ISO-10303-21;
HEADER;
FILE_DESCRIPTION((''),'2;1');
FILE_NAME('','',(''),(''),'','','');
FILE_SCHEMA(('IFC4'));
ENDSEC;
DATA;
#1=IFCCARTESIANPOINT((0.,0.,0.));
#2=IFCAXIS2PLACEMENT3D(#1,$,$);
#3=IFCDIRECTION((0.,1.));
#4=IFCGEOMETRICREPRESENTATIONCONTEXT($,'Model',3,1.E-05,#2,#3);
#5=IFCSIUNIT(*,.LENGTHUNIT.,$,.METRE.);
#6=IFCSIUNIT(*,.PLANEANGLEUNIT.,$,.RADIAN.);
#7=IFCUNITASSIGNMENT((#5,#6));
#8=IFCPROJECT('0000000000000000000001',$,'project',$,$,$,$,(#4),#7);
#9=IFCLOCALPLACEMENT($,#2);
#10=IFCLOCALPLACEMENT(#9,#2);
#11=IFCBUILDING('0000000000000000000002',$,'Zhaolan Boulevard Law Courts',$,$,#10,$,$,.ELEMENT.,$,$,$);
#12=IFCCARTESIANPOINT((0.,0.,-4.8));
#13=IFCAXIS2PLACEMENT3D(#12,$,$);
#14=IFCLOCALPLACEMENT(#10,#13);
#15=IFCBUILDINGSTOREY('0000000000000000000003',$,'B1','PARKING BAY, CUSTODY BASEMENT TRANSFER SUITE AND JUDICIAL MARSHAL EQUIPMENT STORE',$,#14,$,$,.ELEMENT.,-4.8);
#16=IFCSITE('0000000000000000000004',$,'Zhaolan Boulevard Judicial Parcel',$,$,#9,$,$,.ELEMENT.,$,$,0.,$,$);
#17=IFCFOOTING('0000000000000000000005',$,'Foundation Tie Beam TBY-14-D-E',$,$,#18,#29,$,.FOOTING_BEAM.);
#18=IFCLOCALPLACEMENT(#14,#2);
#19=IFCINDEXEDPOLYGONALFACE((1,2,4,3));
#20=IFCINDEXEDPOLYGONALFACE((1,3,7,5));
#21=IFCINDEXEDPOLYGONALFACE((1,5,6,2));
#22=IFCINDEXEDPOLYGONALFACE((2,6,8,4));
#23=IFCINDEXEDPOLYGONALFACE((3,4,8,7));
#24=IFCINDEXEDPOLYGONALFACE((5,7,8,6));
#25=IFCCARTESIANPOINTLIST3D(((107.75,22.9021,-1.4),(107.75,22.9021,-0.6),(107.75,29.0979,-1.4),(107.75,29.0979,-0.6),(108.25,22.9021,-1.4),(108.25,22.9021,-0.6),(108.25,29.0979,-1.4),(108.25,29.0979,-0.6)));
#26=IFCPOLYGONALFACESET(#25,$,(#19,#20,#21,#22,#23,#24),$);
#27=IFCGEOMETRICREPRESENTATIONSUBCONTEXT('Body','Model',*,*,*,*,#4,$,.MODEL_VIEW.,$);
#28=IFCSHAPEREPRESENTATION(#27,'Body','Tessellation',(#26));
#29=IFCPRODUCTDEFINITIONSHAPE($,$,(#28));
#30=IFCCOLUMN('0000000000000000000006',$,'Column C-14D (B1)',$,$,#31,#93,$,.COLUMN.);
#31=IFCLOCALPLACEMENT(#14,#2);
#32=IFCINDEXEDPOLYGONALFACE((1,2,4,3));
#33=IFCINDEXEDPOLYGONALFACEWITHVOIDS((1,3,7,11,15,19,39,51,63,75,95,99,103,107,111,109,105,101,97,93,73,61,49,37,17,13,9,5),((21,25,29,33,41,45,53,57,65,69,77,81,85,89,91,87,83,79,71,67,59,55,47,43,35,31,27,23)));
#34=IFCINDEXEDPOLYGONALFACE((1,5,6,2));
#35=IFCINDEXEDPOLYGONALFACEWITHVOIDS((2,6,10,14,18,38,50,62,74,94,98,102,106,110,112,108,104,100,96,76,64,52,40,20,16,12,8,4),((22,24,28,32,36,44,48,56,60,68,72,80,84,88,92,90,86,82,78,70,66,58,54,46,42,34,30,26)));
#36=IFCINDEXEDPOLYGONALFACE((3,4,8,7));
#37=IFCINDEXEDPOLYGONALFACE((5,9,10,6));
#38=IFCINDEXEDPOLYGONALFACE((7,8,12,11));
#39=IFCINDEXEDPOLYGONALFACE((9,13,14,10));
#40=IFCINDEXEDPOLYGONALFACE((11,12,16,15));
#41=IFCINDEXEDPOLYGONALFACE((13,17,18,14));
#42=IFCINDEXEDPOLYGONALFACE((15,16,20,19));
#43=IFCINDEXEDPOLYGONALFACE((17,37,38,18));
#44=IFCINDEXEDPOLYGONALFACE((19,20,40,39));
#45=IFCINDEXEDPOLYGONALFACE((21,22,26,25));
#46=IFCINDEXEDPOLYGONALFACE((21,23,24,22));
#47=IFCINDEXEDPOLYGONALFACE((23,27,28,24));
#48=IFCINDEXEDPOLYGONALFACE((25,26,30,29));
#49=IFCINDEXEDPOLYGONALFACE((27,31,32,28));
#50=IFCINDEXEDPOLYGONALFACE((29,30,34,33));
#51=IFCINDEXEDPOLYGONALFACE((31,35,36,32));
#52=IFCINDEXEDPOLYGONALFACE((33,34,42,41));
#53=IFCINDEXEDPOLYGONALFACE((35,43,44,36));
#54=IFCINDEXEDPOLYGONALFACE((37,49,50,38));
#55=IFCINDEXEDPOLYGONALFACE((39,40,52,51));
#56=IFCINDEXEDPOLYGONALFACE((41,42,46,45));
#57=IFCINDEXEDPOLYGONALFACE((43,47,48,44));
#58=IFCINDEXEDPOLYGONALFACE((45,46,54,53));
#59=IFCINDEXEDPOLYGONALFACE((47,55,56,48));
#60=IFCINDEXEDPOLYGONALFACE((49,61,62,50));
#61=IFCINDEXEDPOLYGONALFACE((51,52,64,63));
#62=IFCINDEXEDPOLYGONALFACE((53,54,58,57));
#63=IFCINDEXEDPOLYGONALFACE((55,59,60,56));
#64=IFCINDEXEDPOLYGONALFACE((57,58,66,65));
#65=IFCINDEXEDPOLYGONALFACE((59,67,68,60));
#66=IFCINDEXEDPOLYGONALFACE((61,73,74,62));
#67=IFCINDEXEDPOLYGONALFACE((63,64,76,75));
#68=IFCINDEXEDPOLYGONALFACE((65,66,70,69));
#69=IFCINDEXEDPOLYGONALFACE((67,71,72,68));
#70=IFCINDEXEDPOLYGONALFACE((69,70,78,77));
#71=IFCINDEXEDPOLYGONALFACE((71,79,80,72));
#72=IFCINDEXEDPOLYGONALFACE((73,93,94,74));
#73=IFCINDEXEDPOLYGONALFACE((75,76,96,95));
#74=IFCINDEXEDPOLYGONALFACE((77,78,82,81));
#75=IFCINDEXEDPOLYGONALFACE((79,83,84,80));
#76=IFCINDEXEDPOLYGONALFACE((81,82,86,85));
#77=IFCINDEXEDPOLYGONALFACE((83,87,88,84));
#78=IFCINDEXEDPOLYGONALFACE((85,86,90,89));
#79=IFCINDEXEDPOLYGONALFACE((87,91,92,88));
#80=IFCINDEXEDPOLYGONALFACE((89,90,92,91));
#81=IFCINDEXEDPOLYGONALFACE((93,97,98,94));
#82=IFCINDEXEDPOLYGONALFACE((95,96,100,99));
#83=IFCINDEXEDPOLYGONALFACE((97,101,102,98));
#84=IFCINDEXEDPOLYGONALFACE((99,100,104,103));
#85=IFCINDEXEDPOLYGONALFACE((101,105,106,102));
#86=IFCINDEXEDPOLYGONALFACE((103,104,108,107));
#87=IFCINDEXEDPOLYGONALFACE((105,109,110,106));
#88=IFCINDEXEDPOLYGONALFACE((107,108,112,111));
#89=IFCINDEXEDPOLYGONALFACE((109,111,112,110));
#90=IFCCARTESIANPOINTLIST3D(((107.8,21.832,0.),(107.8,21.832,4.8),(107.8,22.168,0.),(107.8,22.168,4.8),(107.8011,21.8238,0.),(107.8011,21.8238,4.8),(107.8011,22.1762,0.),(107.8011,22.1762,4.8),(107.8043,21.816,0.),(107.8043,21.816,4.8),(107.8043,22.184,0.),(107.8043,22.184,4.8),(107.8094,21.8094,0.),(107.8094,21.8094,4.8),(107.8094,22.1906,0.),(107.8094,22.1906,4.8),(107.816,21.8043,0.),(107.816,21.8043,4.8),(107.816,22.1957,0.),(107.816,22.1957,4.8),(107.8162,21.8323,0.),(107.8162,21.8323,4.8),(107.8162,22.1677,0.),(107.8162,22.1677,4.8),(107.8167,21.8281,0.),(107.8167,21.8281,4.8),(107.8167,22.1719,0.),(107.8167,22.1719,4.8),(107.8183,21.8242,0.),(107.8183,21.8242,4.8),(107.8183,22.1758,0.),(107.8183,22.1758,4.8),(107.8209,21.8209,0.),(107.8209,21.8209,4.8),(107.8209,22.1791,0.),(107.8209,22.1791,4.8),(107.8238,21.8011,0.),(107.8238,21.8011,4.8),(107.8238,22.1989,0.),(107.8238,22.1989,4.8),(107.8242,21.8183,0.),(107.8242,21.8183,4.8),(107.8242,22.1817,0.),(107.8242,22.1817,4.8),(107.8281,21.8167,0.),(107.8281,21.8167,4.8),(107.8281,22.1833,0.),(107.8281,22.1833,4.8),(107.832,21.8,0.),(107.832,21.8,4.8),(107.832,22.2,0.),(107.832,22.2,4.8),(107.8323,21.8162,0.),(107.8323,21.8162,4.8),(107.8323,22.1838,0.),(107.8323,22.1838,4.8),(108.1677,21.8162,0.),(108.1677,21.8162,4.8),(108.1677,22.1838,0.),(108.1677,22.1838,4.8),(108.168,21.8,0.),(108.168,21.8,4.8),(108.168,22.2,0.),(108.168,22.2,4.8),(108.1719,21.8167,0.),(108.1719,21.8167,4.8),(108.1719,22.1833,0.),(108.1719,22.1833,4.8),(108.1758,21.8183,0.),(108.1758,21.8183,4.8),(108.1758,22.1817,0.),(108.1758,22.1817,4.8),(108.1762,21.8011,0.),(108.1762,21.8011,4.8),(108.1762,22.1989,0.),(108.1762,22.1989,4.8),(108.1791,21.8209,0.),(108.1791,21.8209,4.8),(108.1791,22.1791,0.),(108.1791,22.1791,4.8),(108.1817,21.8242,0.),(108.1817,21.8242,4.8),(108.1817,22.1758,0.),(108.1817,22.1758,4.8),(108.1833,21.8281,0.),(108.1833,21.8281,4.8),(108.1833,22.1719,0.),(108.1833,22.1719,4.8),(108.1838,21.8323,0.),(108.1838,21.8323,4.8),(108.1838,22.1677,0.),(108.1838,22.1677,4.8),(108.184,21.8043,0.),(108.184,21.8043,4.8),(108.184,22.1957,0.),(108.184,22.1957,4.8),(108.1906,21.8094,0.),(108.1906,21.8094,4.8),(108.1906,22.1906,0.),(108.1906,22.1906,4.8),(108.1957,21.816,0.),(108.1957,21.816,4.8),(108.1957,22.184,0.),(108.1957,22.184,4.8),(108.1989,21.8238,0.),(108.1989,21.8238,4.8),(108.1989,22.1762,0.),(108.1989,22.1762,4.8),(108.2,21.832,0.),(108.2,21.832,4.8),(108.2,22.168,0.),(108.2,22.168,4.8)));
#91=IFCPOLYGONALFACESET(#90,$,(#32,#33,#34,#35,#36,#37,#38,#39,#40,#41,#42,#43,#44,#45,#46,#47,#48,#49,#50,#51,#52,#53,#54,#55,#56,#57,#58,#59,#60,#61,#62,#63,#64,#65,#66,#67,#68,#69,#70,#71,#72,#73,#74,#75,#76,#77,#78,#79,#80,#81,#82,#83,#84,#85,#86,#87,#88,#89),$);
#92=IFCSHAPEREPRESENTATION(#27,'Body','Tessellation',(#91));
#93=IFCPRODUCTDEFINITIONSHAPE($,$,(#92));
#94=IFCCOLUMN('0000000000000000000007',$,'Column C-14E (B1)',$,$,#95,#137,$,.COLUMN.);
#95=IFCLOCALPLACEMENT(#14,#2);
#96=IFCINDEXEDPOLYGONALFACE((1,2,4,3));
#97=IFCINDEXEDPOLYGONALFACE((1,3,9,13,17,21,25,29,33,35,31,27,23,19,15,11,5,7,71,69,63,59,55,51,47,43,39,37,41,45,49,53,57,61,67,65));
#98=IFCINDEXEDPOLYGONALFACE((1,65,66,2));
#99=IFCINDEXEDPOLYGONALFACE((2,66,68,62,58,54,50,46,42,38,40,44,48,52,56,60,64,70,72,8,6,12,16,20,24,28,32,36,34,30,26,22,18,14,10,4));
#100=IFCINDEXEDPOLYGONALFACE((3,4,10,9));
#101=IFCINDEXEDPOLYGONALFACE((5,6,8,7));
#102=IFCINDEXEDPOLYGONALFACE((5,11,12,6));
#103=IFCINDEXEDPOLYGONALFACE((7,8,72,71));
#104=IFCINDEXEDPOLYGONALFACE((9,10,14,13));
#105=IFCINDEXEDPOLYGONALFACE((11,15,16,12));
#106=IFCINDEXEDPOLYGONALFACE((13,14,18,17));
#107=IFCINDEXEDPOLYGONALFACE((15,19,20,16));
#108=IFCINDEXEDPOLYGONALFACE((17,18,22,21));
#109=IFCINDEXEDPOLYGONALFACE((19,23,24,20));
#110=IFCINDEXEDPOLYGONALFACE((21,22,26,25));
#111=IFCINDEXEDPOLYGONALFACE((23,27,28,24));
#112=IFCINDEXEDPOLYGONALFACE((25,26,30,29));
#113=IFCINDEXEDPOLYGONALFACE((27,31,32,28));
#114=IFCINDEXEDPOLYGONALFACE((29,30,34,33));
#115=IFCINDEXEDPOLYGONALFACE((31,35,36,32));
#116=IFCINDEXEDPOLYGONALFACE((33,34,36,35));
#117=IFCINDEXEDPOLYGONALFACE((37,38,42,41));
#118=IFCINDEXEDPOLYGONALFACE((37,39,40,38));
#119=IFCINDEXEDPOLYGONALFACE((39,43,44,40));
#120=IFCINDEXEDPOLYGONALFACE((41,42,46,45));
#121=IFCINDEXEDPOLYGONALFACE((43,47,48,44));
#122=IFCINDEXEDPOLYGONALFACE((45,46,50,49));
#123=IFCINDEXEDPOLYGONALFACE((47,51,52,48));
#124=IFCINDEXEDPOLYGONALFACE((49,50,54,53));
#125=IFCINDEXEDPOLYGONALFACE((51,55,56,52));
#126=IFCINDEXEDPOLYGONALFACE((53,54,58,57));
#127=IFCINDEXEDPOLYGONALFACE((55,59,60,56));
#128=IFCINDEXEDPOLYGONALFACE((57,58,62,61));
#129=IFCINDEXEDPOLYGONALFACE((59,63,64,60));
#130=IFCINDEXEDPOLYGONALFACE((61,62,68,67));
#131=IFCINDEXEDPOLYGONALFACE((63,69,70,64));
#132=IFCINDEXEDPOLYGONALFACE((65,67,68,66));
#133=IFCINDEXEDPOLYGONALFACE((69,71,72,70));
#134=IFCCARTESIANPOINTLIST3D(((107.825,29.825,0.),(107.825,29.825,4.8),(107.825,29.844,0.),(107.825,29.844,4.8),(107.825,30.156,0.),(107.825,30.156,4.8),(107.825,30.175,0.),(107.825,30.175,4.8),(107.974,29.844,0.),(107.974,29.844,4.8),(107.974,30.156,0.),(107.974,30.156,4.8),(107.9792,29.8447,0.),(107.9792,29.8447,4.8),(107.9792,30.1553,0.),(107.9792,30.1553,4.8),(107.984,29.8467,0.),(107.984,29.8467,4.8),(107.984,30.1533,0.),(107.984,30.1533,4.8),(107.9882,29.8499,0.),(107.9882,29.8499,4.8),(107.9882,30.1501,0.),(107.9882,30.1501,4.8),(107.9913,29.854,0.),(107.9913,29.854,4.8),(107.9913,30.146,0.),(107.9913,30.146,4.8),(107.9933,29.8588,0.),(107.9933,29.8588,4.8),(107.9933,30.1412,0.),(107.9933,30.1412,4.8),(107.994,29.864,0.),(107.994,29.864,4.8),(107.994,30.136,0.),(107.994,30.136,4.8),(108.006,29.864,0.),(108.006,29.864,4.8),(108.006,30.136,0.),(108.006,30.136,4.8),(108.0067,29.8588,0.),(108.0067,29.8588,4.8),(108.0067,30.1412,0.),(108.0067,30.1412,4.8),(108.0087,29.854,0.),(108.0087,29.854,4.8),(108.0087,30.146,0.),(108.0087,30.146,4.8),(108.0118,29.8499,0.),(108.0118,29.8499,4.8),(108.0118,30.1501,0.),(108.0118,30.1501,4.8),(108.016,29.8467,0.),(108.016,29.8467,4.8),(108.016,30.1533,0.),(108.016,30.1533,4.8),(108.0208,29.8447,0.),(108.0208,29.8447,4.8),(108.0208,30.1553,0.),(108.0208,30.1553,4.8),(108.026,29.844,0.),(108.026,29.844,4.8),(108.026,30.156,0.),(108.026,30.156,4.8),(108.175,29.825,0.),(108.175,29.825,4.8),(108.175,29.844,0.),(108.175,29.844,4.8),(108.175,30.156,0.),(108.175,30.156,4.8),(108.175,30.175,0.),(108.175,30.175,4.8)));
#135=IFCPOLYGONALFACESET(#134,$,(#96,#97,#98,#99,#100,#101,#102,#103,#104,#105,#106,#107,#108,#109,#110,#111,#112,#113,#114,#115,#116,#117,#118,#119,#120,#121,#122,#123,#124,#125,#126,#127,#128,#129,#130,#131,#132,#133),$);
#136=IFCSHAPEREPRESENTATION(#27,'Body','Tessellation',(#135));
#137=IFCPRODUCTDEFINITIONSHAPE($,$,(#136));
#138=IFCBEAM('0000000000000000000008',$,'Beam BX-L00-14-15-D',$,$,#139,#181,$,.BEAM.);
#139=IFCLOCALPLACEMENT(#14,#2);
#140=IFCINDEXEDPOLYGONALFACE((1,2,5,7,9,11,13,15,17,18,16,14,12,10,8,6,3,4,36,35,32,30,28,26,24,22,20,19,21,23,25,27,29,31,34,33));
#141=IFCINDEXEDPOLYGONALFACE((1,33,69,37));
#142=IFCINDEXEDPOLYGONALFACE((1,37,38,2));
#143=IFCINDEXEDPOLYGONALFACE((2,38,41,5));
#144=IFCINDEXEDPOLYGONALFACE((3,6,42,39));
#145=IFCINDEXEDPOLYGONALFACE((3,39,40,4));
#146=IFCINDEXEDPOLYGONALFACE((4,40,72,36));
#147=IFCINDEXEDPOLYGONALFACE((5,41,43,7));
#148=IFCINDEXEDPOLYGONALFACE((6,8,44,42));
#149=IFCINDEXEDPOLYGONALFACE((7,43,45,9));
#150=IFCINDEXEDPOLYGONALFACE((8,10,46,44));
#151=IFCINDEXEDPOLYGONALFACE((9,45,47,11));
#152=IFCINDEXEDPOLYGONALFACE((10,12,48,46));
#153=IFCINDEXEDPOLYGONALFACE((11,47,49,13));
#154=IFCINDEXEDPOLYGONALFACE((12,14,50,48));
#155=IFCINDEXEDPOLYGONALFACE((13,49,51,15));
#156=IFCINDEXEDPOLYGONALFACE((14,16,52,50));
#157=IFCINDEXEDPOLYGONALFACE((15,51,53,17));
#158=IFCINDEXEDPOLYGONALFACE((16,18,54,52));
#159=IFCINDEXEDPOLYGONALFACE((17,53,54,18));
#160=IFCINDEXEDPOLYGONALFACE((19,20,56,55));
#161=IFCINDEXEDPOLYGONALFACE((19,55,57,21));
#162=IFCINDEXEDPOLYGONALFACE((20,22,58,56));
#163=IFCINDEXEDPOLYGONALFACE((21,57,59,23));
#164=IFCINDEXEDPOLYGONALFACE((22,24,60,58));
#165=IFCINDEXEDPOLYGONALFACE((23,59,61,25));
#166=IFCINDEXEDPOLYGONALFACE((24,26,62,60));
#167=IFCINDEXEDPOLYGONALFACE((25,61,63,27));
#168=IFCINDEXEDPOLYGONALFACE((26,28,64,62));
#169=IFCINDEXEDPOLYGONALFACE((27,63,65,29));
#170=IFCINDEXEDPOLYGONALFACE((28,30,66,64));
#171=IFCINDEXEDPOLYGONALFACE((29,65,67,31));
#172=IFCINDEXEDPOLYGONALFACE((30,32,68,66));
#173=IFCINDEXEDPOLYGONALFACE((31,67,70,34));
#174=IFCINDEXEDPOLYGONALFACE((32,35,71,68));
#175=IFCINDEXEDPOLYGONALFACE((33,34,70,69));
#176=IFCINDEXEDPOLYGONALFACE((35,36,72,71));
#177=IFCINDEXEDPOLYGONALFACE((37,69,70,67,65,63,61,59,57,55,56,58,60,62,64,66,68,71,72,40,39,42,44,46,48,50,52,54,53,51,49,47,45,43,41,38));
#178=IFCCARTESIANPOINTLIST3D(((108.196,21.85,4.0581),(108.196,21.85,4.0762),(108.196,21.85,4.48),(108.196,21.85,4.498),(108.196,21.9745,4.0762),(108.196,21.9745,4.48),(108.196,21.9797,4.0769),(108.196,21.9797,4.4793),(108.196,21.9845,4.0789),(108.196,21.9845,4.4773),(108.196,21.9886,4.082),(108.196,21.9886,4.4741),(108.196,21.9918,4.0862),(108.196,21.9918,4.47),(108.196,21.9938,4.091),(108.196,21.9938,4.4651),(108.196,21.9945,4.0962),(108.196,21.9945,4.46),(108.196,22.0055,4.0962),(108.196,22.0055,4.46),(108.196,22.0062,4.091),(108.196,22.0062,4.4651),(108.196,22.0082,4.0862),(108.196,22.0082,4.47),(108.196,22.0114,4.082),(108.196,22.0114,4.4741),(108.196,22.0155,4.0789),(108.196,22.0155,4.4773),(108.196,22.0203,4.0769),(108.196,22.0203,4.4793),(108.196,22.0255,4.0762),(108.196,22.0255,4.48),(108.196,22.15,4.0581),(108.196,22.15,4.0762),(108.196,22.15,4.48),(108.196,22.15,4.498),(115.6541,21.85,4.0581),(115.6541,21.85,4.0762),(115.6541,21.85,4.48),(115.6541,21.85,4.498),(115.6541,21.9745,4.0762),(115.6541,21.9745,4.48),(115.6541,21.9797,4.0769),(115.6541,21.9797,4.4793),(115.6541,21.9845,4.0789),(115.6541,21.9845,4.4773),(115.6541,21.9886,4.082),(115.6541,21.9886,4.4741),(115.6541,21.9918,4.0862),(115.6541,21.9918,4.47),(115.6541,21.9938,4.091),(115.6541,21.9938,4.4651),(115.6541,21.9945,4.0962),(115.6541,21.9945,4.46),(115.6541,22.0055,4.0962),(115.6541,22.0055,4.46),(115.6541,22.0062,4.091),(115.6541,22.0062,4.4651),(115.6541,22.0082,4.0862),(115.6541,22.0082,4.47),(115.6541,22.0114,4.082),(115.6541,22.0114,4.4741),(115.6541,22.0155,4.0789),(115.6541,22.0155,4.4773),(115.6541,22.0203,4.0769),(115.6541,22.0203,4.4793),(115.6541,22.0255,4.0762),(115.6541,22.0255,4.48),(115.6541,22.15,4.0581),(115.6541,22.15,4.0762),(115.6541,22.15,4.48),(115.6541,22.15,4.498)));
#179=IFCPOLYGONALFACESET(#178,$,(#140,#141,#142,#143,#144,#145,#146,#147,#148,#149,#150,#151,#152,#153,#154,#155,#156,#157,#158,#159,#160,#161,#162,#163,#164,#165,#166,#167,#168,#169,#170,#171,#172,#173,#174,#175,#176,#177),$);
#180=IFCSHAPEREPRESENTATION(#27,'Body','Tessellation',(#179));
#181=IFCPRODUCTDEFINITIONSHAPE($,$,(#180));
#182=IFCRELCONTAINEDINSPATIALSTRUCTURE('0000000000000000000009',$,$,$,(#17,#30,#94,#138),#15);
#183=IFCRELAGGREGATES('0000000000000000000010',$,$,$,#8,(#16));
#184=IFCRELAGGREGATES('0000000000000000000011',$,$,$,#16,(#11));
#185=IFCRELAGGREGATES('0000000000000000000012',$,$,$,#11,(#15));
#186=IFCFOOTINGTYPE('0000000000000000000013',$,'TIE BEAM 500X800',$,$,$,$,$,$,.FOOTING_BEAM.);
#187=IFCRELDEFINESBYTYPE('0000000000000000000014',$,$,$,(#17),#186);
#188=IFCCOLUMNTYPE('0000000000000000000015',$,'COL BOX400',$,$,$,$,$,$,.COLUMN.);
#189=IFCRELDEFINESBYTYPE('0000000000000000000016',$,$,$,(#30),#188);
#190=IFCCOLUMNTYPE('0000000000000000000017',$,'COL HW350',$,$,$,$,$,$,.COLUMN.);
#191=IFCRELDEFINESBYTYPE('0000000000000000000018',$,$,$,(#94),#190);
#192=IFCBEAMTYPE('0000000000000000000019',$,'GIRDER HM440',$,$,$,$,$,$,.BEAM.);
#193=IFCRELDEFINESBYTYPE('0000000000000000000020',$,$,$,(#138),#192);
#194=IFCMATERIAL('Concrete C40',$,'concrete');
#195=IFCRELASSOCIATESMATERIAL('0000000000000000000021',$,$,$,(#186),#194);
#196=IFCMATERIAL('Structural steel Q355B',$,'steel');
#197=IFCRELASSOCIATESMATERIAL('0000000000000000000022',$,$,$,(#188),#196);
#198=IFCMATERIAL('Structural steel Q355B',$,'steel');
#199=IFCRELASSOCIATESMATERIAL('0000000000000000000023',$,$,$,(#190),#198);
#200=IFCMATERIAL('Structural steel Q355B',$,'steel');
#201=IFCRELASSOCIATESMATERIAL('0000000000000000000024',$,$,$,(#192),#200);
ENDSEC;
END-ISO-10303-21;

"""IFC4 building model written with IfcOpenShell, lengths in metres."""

from ifc_helpers import new_model, si_unit, direction, frame, origin, origin_2d, place, context, subcontext, project, spatial, rectangle, hollow_rectangle, i_section, extrude, material, material_profile, profile_set, type_object, element, save


model = new_model("IFC4")

# Units and contexts
model_context = context("Model", 3, precision=1e-05, world=origin(), true_north=direction((0.0, 1.0)))
body_context = subcontext(model_context, "Body", "Model", "MODEL_VIEW")
ifc_project = project(units=[si_unit("LENGTHUNIT", "METRE"), si_unit("PLANEANGLEUNIT", "RADIAN")], contexts=[model_context])

# Site, building, storey
site_placement = place(None, origin())
site = spatial("IfcSite", under=ifc_project, at=site_placement, Name="Zhaolan Boulevard Judicial Parcel", CompositionType="ELEMENT", RefElevation=0.0)
building_placement = place(site_placement, origin())
building = spatial("IfcBuilding", under=site, at=building_placement, Name="Zhaolan Boulevard Law Courts", CompositionType="ELEMENT")
storey_placement = place(building_placement, frame((0.0, 0.0, -4.8)))
storey = spatial("IfcBuildingStorey", under=building, at=storey_placement, Name="B1", Description="PARKING BAY, CUSTODY BASEMENT TRANSFER SUITE AND JUDICIAL MARSHAL EQUIPMENT STORE", CompositionType="ELEMENT", Elevation=-4.8)

# Footing
ifc_material_1 = material(Name="Concrete C40", Category="concrete")
ifc_material_profile_1 = material_profile(ifc_material_1, rectangle(XDim=0.5, YDim=0.8, at=origin_2d()), Name="RC500x800")
ifc_profile_set_1 = profile_set([ifc_material_profile_1], Name="Concrete C40")
footing_type_1 = type_object("IfcFootingType", Name="TIE BEAM 500X800", PredefinedType="FOOTING_BEAM", material=ifc_profile_set_1)
footing_placement = place(storey_placement, frame((108.0, 22.9021, -1.0), z_axis=(0.0, 1.0, 0.0), x_axis=(-1.0, 0.0, 0.0)))
element("IfcFooting", 1, at=footing_placement, inside=storey, type_object=footing_type_1, Name="Foundation Tie Beam TBY-14-D-E", PredefinedType="FOOTING_BEAM", context=body_context, shape_type="SweptSolid", body=[
    extrude(rectangle(XDim=0.5, YDim=0.8, at=origin_2d()), origin(), (0.0, 0.0, 1.0), 6.1958),
])

# Columns
ifc_material_2 = material(Name="Structural steel Q355B", Category="steel")
ifc_material_profile_2 = material_profile(ifc_material_2, hollow_rectangle(XDim=0.3999, YDim=0.3999, WallThickness=0.0161, InnerFilletRadius=0.0161, OuterFilletRadius=0.032, at=origin_2d()), Name="BOX400x400x16")
ifc_profile_set_2 = profile_set([ifc_material_profile_2], Name="Structural steel Q355B")
column_type_1 = type_object("IfcColumnType", Name="COL BOX400", PredefinedType="COLUMN", material=ifc_profile_set_2)
column_1_placement = place(storey_placement, frame((108.0, 22.0, 0.0), z_axis=(0.0, 0.0, 1.0), x_axis=(1.0, 0.0, 0.0)))
element("IfcColumn", 2, at=column_1_placement, inside=storey, type_object=column_type_1, Name="Column C-14D (B1)", PredefinedType="COLUMN", context=body_context, shape_type="SweptSolid", body=[
    extrude(hollow_rectangle(XDim=0.3999, YDim=0.3999, WallThickness=0.0161, InnerFilletRadius=0.0161, OuterFilletRadius=0.032, at=origin_2d()), origin(), (0.0, 0.0, 1.0), 4.8),
])
ifc_material_3 = material(Name="Structural steel Q355B", Category="steel")
ifc_material_profile_3 = material_profile(ifc_material_3, i_section(OverallWidth=0.3501, OverallDepth=0.3501, WebThickness=0.012, FlangeThickness=0.019, FilletRadius=0.02, at=origin_2d()), Name="HW350x350")
ifc_profile_set_3 = profile_set([ifc_material_profile_3], Name="Structural steel Q355B")
column_type_2 = type_object("IfcColumnType", Name="COL HW350", PredefinedType="COLUMN", material=ifc_profile_set_3)
column_2_placement = place(storey_placement, frame((108.0, 30.0, 0.0), z_axis=(0.0, 0.0, 1.0), x_axis=(1.0, 0.0, 0.0)))
element("IfcColumn", 3, at=column_2_placement, inside=storey, type_object=column_type_2, Name="Column C-14E (B1)", PredefinedType="COLUMN", context=body_context, shape_type="SweptSolid", body=[
    extrude(i_section(OverallWidth=0.3501, OverallDepth=0.3501, WebThickness=0.012, FlangeThickness=0.019, FilletRadius=0.02, at=origin_2d()), origin(), (0.0, 0.0, 1.0), 4.8),
])

# Beam
ifc_material_4 = material(Name="Structural steel Q355B", Category="steel")
ifc_material_profile_4 = material_profile(ifc_material_4, i_section(OverallWidth=0.3, OverallDepth=0.4399, WebThickness=0.011, FlangeThickness=0.0181, FilletRadius=0.02, at=origin_2d()), Name="HM440x300")
ifc_profile_set_4 = profile_set([ifc_material_profile_4], Name="Structural steel Q355B")
beam_type_1 = type_object("IfcBeamType", Name="GIRDER HM440", PredefinedType="BEAM", material=ifc_profile_set_4)
beam_1_placement = place(storey_placement, frame((108.196, 22.0, 4.2781), z_axis=(1.0, 0.0, 0.0), x_axis=(0.0, 1.0, 0.0)))
element("IfcBeam", 4, at=beam_1_placement, inside=storey, type_object=beam_type_1, Name="Beam BX-L00-14-15-D", PredefinedType="BEAM", context=body_context, shape_type="SweptSolid", body=[
    extrude(i_section(OverallWidth=0.3, OverallDepth=0.4399, WebThickness=0.011, FlangeThickness=0.0181, FilletRadius=0.02, at=origin_2d()), origin(), (0.0, 0.0, 1.0), 7.458),
])

save(model, "model.ifc")
